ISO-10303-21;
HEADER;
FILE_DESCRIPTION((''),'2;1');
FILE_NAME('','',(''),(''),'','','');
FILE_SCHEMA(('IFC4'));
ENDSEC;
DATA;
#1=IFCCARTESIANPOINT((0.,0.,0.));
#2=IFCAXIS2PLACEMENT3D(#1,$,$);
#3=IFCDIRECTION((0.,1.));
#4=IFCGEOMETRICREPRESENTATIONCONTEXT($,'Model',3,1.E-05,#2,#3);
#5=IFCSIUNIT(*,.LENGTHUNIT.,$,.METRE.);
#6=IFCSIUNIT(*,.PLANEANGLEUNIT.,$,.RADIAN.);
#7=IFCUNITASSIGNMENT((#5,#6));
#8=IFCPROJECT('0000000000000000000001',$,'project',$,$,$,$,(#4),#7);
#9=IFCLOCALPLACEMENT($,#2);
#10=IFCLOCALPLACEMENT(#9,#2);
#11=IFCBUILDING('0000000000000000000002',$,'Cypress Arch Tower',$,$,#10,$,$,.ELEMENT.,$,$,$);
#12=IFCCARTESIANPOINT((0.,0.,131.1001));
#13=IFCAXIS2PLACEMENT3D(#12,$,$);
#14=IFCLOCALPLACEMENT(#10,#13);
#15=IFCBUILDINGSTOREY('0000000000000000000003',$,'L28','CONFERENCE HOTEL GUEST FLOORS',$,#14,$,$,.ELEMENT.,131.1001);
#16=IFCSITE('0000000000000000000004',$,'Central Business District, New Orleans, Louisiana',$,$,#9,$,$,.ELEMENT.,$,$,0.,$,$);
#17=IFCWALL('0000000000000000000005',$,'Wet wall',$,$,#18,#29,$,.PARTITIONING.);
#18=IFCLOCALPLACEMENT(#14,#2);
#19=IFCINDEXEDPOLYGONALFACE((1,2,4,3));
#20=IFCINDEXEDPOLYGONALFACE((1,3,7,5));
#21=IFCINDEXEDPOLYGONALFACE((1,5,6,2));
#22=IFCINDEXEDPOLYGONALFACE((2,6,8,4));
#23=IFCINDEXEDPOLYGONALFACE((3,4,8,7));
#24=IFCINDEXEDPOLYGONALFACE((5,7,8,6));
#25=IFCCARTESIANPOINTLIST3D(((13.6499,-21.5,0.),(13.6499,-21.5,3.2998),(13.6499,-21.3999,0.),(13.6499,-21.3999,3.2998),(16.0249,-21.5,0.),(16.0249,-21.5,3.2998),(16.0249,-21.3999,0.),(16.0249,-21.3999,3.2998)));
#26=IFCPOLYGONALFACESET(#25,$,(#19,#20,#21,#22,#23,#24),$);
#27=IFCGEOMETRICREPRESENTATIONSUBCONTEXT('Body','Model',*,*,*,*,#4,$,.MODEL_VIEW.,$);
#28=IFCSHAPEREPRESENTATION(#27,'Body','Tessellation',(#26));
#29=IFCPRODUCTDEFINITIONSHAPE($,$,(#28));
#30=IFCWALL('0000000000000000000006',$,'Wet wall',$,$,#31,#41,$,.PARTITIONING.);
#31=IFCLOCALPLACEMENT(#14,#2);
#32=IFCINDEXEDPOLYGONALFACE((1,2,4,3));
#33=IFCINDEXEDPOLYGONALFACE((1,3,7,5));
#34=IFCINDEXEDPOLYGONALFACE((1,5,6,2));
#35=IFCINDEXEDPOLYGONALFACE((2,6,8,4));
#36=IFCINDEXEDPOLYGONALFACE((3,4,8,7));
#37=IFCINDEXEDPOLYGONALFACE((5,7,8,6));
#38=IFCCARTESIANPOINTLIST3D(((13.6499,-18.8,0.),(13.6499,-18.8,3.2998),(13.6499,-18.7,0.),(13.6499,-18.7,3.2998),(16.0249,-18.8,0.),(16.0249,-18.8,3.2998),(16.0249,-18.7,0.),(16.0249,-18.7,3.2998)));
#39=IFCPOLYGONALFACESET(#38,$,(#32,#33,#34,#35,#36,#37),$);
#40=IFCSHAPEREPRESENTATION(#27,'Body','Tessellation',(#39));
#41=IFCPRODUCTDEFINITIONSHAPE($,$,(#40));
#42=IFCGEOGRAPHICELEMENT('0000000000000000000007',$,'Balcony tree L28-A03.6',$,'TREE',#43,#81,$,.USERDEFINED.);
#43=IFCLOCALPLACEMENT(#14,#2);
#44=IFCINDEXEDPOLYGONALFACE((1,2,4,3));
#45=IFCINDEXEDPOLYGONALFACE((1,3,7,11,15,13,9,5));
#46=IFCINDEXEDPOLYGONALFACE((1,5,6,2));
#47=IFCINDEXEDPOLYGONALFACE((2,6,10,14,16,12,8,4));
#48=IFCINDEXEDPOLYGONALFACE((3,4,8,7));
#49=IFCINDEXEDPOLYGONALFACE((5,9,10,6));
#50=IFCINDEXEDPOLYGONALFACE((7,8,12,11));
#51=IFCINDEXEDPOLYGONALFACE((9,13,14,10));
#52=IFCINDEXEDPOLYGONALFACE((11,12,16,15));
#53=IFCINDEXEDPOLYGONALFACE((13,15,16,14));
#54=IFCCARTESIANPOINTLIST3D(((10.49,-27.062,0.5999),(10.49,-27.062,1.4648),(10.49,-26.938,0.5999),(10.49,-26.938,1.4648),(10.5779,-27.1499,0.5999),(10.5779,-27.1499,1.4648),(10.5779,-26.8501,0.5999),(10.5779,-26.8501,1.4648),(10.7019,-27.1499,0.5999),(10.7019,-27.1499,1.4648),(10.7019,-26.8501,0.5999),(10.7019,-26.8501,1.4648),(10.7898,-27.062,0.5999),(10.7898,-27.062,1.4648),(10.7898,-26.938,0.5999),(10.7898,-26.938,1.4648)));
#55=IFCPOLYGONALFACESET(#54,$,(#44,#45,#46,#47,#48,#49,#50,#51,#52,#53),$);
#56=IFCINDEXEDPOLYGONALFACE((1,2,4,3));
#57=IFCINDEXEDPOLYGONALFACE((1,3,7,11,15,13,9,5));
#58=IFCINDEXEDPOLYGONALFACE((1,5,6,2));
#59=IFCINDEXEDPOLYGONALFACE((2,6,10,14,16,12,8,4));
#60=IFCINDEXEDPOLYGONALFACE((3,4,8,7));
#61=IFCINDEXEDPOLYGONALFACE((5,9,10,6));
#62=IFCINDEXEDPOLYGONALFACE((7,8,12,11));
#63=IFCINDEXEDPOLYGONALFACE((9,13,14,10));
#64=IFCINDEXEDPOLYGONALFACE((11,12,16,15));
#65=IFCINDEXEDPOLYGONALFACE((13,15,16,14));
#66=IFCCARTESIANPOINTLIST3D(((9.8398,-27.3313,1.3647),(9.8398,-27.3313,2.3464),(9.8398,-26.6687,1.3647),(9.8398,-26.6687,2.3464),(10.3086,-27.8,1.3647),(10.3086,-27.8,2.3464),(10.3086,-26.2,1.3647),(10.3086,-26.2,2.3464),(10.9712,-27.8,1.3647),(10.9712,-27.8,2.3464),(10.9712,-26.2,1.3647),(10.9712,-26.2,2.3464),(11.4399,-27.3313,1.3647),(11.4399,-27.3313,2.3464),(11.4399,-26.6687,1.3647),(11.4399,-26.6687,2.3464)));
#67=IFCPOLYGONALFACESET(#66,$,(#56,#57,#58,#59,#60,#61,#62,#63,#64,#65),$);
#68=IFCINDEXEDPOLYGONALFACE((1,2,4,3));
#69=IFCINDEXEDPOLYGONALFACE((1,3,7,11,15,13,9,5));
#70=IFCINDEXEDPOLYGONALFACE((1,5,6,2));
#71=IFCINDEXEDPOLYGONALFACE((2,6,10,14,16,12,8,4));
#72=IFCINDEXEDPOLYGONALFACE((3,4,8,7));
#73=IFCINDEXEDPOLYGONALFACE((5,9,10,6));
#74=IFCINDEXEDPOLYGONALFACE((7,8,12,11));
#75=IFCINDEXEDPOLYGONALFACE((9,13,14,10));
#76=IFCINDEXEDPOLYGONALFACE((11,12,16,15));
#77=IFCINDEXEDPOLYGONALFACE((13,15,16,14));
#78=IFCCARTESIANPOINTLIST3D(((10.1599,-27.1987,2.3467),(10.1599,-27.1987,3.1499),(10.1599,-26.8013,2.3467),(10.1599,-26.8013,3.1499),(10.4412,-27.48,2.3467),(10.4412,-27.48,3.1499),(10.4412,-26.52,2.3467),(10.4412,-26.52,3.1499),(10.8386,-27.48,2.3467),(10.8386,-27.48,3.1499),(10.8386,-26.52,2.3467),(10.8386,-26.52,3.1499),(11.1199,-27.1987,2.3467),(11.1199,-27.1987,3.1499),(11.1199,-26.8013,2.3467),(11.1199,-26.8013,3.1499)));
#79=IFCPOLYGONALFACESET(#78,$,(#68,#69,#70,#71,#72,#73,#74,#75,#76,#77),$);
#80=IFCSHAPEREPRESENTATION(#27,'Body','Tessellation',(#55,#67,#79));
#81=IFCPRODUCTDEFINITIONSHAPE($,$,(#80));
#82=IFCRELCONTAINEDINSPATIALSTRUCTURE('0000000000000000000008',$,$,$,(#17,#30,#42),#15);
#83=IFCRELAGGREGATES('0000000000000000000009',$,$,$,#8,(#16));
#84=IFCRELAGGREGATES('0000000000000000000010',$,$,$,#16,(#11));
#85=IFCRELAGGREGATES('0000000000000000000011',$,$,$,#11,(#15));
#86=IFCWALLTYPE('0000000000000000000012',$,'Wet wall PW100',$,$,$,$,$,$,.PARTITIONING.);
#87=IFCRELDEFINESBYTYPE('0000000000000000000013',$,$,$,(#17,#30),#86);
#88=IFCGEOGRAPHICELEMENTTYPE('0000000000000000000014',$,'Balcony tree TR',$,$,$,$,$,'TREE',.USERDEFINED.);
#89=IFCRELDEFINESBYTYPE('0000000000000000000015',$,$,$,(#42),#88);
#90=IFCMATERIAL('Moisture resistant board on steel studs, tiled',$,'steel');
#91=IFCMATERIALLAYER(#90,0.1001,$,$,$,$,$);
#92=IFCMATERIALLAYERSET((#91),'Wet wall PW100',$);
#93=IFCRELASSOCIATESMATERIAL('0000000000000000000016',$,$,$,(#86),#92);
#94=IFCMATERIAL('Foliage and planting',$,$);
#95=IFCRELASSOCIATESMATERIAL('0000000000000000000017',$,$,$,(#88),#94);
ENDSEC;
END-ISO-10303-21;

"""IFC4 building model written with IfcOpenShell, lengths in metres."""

from ifc_helpers import new_model, si_unit, direction, frame, frame_2d, origin, place, context, subcontext, project, spatial, polyline, rectangle, outline, extrude, material, layer, layer_set, type_object, element, save


model = new_model("IFC4")

# Units and contexts
model_context = context("Model", 3, precision=1e-05, world=origin(), true_north=direction((0.0, 1.0)))
body_context = subcontext(model_context, "Body", "Model", "MODEL_VIEW")
ifc_project = project(units=[si_unit("LENGTHUNIT", "METRE"), si_unit("PLANEANGLEUNIT", "RADIAN")], contexts=[model_context])

# Site, building, storey
site_placement = place(None, origin())
site = spatial("IfcSite", under=ifc_project, at=site_placement, Name="Central Business District, New Orleans, Louisiana", CompositionType="ELEMENT", RefElevation=0.0)
building_placement = place(site_placement, origin())
building = spatial("IfcBuilding", under=site, at=building_placement, Name="Cypress Arch Tower", CompositionType="ELEMENT")
storey_placement = place(building_placement, frame((0.0, 0.0, 131.1001)))
storey = spatial("IfcBuildingStorey", under=building, at=storey_placement, Name="L28", Description="CONFERENCE HOTEL GUEST FLOORS", CompositionType="ELEMENT", Elevation=131.1001)

# Shared definitions
ifc_material_1 = material(Name="Moisture resistant board on steel studs, tiled", Category="steel")
ifc_layer_1 = layer(ifc_material_1, 0.1001)
ifc_layer_set_1 = layer_set([ifc_layer_1], Name="Wet wall PW100")
wall_type_1 = type_object("IfcWallType", Name="Wet wall PW100", PredefinedType="PARTITIONING", material=ifc_layer_set_1)

# Walls
for number, where, z_axis, x_axis, name in (
    (1, (13.6499, -21.45, 0.0), (0.0, 0.0, 1.0), (1.0, 0.0, 0.0), "Wet wall"),
    (2, (13.6499, -18.75, 0.0), (0.0, 0.0, 1.0), (1.0, 0.0, 0.0), "Wet wall"),
):
    element("IfcWall", number, at=place(storey_placement, frame(where, z_axis=z_axis, x_axis=x_axis)), inside=storey, type_object=wall_type_1, Name=name, PredefinedType="PARTITIONING", context=body_context, shape_type="SweptSolid", body=[
        extrude(rectangle(XDim=2.375, YDim=0.1001, at=frame_2d((1.1875, 0.0))), origin(), (0.0, 0.0, 1.0), 3.2998),
    ])

# Geographic element
ifc_material_2 = material(Name="Foliage and planting")
geographic_element_type = type_object("IfcGeographicElementType", Name="Balcony tree TR", ElementType="TREE", PredefinedType="USERDEFINED", material=ifc_material_2)
geographic_element_placement = place(storey_placement, frame((10.6399, -27.0, 0.5999), z_axis=(0.0, 0.0, 1.0), x_axis=(1.0, 0.0, 0.0)))
element("IfcGeographicElement", 3, at=geographic_element_placement, inside=storey, type_object=geographic_element_type, Name="Balcony tree L28-A03.6", ObjectType="TREE", PredefinedType="USERDEFINED", context=body_context, shape_type="SweptSolid", body=[
    extrude(outline(polyline([(0.1499, 0.062), (0.062, 0.1499), (-0.062, 0.1499), (-0.1499, 0.062), (-0.1499, -0.062), (-0.062, -0.1499), (0.062, -0.1499), (0.1499, -0.062), (0.1499, 0.062)])), origin(), (0.0, 0.0, 1.0), 0.865),
    extrude(outline(polyline([(0.8, 0.3313), (0.3313, 0.8), (-0.3313, 0.8), (-0.8, 0.3313), (-0.8, -0.3313), (-0.3313, -0.8), (0.3313, -0.8), (0.8, -0.3313), (0.8, 0.3313)])), frame((0.0, 0.0, 0.7649)), (0.0, 0.0, 1.0), 0.9817),
    extrude(outline(polyline([(0.48, 0.1987), (0.1987, 0.48), (-0.1987, 0.48), (-0.48, 0.1987), (-0.48, -0.1987), (-0.1987, -0.48), (0.1987, -0.48), (0.48, -0.1987), (0.48, 0.1987)])), frame((0.0, 0.0, 1.7468)), (0.0, 0.0, 1.0), 0.8032),
])

save(model, "model.ifc")
